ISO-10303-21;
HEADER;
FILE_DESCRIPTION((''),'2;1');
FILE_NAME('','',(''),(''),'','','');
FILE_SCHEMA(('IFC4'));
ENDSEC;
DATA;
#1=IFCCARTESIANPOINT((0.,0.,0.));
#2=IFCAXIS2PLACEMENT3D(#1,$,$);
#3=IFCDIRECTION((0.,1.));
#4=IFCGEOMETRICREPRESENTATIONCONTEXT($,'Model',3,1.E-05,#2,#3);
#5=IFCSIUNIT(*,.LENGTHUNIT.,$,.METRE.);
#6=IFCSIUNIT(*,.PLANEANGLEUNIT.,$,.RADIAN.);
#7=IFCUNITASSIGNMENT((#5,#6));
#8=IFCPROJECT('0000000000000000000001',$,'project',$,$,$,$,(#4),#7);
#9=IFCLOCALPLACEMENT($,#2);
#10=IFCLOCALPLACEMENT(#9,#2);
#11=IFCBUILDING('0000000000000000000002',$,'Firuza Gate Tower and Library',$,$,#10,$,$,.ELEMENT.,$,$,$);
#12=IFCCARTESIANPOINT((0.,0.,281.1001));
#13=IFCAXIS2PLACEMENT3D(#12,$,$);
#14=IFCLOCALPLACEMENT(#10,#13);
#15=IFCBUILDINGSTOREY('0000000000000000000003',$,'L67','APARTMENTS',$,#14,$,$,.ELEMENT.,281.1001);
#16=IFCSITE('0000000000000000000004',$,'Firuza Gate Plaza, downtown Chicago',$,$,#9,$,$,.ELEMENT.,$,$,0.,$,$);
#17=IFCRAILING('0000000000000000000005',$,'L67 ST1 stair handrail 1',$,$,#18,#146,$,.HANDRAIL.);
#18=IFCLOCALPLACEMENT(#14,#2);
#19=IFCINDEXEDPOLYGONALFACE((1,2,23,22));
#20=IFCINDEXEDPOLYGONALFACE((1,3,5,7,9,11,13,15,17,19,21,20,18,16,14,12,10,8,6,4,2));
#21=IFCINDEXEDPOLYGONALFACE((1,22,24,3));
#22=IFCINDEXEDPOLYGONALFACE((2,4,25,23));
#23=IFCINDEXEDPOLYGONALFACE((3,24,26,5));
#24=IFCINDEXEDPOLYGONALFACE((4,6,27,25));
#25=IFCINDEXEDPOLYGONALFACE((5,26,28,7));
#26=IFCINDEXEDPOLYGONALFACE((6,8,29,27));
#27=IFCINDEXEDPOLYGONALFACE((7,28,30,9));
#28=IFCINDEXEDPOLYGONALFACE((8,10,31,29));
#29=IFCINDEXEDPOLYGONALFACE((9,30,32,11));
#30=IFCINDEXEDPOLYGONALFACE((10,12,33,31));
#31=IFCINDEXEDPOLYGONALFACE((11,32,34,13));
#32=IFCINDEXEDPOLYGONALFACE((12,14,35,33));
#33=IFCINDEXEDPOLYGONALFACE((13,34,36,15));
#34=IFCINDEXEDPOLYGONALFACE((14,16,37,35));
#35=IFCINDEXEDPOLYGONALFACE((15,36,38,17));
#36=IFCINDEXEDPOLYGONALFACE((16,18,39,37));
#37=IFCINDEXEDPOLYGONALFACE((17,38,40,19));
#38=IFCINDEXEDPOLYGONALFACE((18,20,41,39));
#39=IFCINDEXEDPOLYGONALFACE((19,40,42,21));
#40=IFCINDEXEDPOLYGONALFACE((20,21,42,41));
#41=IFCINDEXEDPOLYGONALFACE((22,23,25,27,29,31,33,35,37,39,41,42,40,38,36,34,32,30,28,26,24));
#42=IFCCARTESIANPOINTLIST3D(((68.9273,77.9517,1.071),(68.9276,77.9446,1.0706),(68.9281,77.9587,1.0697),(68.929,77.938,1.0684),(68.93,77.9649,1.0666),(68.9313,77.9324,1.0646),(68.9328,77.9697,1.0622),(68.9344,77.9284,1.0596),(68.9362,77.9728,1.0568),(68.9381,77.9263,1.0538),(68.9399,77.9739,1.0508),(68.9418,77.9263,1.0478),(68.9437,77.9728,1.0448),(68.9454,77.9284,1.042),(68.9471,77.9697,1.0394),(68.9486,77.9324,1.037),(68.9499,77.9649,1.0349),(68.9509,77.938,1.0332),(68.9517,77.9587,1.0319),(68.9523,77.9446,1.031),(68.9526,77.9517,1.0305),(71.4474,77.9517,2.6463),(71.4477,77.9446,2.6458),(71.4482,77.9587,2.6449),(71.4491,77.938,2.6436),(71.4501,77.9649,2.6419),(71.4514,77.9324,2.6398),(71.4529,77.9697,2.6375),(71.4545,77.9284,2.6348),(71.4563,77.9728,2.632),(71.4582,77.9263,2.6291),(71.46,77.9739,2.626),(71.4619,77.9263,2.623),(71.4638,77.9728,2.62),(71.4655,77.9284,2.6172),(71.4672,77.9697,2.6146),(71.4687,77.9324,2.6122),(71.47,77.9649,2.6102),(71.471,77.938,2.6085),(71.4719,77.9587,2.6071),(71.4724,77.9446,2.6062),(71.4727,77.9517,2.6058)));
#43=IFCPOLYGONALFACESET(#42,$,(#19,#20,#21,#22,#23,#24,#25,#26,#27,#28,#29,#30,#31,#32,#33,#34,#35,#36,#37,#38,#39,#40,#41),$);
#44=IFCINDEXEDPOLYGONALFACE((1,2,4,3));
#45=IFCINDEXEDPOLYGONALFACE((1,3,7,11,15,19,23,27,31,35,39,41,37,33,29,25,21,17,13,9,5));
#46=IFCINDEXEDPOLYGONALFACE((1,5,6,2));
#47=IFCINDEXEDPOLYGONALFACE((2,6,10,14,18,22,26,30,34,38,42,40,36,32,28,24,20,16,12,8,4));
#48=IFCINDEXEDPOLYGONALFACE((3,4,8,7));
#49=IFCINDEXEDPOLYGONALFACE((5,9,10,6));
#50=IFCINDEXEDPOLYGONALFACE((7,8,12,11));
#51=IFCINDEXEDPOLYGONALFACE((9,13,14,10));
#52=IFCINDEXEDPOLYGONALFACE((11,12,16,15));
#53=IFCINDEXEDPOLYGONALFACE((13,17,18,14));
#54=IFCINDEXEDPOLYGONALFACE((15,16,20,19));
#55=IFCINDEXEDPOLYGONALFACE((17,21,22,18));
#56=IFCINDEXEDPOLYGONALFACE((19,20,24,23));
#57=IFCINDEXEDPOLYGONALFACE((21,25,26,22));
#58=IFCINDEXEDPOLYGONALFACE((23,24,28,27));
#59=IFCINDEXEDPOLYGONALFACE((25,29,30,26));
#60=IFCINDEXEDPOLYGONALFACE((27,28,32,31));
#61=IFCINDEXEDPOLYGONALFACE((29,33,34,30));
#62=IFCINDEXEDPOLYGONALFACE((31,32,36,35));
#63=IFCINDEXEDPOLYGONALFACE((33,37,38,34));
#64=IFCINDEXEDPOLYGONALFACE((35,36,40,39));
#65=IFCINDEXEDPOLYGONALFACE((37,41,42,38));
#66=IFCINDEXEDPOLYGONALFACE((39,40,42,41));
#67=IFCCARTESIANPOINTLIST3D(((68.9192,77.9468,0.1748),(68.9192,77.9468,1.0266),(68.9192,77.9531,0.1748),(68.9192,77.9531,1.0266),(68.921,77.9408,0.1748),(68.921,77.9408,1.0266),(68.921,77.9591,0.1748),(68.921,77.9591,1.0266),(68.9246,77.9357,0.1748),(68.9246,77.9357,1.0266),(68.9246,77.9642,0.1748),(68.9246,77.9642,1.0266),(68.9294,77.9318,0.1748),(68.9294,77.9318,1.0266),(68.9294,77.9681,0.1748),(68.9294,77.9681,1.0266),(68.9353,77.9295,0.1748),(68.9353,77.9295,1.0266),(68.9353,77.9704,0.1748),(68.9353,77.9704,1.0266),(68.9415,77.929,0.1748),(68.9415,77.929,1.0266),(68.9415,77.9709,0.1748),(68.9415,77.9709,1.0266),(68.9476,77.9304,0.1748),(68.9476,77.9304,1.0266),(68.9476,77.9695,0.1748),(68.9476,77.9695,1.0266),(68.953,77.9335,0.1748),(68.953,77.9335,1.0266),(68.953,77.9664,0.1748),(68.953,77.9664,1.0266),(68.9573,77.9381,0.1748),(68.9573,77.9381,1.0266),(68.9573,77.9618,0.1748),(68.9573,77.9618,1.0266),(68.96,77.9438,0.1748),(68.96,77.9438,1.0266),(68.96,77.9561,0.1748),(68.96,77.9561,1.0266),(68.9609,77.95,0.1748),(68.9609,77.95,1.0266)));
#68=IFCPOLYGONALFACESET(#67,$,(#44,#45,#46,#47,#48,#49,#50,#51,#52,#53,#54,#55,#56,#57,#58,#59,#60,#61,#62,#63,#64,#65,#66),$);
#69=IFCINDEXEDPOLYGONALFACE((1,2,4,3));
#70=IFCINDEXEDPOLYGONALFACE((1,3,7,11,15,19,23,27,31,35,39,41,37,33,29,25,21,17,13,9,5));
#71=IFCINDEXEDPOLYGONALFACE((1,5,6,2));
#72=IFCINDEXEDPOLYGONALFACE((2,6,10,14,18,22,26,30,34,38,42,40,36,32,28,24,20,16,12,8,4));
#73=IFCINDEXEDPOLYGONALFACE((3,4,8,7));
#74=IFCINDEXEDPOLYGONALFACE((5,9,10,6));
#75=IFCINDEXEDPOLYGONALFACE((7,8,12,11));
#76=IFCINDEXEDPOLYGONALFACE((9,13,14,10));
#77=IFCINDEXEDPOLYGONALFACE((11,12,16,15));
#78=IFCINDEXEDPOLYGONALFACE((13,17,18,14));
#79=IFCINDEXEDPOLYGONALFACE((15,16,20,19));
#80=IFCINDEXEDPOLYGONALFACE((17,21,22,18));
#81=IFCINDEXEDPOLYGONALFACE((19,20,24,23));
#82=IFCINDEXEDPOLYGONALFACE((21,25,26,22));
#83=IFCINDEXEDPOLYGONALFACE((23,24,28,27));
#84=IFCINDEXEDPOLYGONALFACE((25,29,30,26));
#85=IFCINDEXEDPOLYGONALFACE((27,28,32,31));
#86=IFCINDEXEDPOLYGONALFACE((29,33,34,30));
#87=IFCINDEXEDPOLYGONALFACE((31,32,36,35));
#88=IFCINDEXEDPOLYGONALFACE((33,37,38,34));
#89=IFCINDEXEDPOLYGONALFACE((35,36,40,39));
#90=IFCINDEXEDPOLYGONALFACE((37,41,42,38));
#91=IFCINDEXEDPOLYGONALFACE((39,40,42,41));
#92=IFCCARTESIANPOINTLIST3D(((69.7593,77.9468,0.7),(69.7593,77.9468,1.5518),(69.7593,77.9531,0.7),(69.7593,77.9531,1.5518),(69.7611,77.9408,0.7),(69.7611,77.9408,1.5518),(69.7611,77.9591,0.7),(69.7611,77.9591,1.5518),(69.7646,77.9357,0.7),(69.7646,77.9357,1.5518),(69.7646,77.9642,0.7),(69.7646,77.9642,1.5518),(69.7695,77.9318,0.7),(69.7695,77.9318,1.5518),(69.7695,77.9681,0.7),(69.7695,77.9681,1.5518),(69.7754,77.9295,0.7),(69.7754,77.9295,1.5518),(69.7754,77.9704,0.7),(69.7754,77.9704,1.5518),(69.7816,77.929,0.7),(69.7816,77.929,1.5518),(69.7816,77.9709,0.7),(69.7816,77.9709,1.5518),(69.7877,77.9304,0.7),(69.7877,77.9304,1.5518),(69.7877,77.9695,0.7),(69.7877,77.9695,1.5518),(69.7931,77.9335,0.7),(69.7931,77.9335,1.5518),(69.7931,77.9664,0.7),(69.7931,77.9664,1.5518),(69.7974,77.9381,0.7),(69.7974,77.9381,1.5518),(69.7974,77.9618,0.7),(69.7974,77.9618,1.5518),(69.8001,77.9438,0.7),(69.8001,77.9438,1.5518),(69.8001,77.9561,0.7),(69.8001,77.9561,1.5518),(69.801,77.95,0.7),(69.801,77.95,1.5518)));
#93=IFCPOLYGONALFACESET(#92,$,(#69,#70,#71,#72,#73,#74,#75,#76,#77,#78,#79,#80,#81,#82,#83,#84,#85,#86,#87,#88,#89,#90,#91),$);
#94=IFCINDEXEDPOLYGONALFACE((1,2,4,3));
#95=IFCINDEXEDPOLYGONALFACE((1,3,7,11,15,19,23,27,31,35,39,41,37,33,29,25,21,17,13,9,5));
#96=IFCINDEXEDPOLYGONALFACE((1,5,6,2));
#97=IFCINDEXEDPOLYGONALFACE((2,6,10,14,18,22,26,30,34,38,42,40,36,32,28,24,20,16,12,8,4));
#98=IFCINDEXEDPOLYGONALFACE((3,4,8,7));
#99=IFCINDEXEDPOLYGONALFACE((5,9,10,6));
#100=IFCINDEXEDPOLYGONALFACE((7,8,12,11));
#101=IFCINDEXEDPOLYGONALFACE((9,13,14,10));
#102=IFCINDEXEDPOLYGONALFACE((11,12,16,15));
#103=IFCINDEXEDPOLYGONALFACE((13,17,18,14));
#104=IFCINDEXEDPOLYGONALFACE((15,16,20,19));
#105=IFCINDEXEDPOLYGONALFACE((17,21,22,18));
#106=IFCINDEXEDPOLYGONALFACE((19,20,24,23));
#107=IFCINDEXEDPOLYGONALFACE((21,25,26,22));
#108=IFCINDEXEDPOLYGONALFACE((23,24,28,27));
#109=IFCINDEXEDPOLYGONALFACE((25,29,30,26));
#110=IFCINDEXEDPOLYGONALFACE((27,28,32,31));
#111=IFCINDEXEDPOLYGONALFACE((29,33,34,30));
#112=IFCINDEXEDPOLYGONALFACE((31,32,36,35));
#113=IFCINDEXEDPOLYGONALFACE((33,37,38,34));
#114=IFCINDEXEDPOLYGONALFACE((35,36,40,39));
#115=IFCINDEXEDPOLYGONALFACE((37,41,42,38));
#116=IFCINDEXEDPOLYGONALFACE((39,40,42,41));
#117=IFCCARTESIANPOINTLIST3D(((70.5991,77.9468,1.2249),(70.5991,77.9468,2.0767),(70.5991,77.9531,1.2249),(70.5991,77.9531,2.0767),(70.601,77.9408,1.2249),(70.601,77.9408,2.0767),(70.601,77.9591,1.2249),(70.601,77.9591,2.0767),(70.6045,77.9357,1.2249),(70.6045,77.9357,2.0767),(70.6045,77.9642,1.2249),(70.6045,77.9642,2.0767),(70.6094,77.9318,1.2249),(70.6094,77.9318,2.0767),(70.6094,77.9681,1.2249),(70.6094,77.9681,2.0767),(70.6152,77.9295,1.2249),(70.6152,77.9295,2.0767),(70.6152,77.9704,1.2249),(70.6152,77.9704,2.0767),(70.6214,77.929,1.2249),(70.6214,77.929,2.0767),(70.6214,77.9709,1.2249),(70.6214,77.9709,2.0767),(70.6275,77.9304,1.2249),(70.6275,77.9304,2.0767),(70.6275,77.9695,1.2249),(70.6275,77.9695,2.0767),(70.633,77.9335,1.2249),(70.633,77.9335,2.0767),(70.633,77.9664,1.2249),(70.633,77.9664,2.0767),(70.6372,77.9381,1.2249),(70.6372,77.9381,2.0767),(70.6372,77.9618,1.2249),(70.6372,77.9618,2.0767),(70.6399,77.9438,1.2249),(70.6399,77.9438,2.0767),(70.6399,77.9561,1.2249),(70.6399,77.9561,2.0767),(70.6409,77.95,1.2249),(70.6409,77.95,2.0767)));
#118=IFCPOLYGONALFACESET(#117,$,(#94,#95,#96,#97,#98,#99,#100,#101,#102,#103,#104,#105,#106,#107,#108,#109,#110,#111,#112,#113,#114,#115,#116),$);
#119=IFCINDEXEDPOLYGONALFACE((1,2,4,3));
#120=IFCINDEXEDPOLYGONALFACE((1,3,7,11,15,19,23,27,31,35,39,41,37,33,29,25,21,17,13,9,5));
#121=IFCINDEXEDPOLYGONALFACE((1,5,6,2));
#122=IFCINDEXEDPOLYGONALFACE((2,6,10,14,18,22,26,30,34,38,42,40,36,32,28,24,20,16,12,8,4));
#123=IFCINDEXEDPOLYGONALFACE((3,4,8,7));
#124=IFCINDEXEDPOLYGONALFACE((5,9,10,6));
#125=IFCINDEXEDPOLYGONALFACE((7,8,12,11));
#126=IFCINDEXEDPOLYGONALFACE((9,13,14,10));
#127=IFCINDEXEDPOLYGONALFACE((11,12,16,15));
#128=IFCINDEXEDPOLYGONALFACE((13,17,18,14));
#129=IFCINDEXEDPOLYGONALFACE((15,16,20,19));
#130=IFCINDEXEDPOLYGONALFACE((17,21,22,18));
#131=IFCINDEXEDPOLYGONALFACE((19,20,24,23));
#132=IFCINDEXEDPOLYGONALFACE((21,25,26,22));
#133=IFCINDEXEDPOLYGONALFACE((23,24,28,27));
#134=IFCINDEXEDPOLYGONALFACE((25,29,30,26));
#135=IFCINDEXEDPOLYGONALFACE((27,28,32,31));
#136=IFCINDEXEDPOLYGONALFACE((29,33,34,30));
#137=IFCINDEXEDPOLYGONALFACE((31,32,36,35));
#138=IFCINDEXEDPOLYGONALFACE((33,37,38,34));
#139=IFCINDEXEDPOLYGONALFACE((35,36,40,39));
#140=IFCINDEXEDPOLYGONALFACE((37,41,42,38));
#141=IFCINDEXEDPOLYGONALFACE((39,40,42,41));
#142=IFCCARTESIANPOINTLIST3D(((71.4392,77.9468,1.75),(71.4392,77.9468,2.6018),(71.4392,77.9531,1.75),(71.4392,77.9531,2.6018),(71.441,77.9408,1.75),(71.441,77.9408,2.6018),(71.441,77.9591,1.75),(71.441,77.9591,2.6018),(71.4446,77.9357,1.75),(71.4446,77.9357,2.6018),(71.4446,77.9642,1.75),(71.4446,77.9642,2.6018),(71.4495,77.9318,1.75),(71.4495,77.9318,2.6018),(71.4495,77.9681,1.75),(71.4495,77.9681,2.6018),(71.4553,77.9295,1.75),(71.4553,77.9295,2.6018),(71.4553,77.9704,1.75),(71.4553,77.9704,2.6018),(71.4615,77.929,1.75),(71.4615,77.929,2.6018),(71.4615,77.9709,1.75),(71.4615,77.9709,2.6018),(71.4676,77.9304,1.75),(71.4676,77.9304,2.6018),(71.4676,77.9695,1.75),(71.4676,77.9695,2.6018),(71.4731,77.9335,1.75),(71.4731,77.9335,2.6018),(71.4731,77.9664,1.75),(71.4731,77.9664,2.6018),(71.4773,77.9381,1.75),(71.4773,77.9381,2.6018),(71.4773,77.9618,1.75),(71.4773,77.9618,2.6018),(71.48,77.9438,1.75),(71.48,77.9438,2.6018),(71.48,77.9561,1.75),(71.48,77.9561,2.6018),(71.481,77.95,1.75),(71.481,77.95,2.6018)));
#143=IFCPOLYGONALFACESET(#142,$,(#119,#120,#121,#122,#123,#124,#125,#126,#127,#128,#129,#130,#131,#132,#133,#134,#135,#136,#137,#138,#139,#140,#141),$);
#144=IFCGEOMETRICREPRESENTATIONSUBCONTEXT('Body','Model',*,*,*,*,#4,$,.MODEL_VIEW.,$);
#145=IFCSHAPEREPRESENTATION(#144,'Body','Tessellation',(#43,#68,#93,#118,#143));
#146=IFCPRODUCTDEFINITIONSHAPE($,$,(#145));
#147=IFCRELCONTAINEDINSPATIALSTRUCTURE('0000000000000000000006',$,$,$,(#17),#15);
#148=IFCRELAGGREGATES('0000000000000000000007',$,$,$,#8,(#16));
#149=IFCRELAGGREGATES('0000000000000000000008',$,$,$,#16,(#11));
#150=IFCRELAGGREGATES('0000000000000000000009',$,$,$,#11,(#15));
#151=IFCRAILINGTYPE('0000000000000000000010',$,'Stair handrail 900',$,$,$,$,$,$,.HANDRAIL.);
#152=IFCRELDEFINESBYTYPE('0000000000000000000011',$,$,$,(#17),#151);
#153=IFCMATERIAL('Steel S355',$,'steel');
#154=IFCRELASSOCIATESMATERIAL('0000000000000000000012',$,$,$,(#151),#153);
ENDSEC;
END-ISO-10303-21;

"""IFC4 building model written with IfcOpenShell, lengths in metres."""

from ifc_helpers import new_model, si_unit, direction, frame, origin, origin_2d, place, context, subcontext, project, spatial, circle, extrude, material, type_object, element, save


model = new_model("IFC4")

# Units and contexts
model_context = context("Model", 3, precision=1e-05, world=origin(), true_north=direction((0.0, 1.0)))
body_context = subcontext(model_context, "Body", "Model", "MODEL_VIEW")
ifc_project = project(units=[si_unit("LENGTHUNIT", "METRE"), si_unit("PLANEANGLEUNIT", "RADIAN")], contexts=[model_context])

# Site, building, storey
site_placement = place(None, origin())
site = spatial("IfcSite", under=ifc_project, at=site_placement, Name="Firuza Gate Plaza, downtown Chicago", CompositionType="ELEMENT", RefElevation=0.0)
building_placement = place(site_placement, origin())
building = spatial("IfcBuilding", under=site, at=building_placement, Name="Firuza Gate Tower and Library", CompositionType="ELEMENT")
storey_placement = place(building_placement, frame((0.0, 0.0, 281.1001)))
storey = spatial("IfcBuildingStorey", under=building, at=storey_placement, Name="L67", Description="APARTMENTS", CompositionType="ELEMENT", Elevation=281.1001)

# Railing
ifc_material_1 = material(Name="Steel S355", Category="steel")
railing_type = type_object("IfcRailingType", Name="Stair handrail 900", PredefinedType="HANDRAIL", material=ifc_material_1)
railing_placement = place(storey_placement, frame((68.9399, 77.95, 0.1748)))
element("IfcRailing", 1, at=railing_placement, inside=storey, type_object=railing_type, Name="L67 ST1 stair handrail 1", PredefinedType="HANDRAIL", context=body_context, shape_type="SweptSolid", body=[
    extrude(circle(Radius=0.0239, at=origin_2d()), frame((0.0, 0.0, 0.876), z_axis=(0.847971, 0.0, 0.530043), x_axis=(0.0, 1.0, 0.0)), (0.0, 0.0, 1.0), 2.9719),
    extrude(circle(Radius=0.021, at=origin_2d()), origin(), (0.0, 0.0, 1.0), 0.8518),
    extrude(circle(Radius=0.021, at=origin_2d()), frame((0.8401, 0.0, 0.5251)), (0.0, 0.0, 1.0), 0.8518),
    extrude(circle(Radius=0.021, at=origin_2d()), frame((1.6799, 0.0, 1.05)), (0.0, 0.0, 1.0), 0.8518),
    extrude(circle(Radius=0.021, at=origin_2d()), frame((2.52, 0.0, 1.5752)), (0.0, 0.0, 1.0), 0.8518),
])

save(model, "model.ifc")
